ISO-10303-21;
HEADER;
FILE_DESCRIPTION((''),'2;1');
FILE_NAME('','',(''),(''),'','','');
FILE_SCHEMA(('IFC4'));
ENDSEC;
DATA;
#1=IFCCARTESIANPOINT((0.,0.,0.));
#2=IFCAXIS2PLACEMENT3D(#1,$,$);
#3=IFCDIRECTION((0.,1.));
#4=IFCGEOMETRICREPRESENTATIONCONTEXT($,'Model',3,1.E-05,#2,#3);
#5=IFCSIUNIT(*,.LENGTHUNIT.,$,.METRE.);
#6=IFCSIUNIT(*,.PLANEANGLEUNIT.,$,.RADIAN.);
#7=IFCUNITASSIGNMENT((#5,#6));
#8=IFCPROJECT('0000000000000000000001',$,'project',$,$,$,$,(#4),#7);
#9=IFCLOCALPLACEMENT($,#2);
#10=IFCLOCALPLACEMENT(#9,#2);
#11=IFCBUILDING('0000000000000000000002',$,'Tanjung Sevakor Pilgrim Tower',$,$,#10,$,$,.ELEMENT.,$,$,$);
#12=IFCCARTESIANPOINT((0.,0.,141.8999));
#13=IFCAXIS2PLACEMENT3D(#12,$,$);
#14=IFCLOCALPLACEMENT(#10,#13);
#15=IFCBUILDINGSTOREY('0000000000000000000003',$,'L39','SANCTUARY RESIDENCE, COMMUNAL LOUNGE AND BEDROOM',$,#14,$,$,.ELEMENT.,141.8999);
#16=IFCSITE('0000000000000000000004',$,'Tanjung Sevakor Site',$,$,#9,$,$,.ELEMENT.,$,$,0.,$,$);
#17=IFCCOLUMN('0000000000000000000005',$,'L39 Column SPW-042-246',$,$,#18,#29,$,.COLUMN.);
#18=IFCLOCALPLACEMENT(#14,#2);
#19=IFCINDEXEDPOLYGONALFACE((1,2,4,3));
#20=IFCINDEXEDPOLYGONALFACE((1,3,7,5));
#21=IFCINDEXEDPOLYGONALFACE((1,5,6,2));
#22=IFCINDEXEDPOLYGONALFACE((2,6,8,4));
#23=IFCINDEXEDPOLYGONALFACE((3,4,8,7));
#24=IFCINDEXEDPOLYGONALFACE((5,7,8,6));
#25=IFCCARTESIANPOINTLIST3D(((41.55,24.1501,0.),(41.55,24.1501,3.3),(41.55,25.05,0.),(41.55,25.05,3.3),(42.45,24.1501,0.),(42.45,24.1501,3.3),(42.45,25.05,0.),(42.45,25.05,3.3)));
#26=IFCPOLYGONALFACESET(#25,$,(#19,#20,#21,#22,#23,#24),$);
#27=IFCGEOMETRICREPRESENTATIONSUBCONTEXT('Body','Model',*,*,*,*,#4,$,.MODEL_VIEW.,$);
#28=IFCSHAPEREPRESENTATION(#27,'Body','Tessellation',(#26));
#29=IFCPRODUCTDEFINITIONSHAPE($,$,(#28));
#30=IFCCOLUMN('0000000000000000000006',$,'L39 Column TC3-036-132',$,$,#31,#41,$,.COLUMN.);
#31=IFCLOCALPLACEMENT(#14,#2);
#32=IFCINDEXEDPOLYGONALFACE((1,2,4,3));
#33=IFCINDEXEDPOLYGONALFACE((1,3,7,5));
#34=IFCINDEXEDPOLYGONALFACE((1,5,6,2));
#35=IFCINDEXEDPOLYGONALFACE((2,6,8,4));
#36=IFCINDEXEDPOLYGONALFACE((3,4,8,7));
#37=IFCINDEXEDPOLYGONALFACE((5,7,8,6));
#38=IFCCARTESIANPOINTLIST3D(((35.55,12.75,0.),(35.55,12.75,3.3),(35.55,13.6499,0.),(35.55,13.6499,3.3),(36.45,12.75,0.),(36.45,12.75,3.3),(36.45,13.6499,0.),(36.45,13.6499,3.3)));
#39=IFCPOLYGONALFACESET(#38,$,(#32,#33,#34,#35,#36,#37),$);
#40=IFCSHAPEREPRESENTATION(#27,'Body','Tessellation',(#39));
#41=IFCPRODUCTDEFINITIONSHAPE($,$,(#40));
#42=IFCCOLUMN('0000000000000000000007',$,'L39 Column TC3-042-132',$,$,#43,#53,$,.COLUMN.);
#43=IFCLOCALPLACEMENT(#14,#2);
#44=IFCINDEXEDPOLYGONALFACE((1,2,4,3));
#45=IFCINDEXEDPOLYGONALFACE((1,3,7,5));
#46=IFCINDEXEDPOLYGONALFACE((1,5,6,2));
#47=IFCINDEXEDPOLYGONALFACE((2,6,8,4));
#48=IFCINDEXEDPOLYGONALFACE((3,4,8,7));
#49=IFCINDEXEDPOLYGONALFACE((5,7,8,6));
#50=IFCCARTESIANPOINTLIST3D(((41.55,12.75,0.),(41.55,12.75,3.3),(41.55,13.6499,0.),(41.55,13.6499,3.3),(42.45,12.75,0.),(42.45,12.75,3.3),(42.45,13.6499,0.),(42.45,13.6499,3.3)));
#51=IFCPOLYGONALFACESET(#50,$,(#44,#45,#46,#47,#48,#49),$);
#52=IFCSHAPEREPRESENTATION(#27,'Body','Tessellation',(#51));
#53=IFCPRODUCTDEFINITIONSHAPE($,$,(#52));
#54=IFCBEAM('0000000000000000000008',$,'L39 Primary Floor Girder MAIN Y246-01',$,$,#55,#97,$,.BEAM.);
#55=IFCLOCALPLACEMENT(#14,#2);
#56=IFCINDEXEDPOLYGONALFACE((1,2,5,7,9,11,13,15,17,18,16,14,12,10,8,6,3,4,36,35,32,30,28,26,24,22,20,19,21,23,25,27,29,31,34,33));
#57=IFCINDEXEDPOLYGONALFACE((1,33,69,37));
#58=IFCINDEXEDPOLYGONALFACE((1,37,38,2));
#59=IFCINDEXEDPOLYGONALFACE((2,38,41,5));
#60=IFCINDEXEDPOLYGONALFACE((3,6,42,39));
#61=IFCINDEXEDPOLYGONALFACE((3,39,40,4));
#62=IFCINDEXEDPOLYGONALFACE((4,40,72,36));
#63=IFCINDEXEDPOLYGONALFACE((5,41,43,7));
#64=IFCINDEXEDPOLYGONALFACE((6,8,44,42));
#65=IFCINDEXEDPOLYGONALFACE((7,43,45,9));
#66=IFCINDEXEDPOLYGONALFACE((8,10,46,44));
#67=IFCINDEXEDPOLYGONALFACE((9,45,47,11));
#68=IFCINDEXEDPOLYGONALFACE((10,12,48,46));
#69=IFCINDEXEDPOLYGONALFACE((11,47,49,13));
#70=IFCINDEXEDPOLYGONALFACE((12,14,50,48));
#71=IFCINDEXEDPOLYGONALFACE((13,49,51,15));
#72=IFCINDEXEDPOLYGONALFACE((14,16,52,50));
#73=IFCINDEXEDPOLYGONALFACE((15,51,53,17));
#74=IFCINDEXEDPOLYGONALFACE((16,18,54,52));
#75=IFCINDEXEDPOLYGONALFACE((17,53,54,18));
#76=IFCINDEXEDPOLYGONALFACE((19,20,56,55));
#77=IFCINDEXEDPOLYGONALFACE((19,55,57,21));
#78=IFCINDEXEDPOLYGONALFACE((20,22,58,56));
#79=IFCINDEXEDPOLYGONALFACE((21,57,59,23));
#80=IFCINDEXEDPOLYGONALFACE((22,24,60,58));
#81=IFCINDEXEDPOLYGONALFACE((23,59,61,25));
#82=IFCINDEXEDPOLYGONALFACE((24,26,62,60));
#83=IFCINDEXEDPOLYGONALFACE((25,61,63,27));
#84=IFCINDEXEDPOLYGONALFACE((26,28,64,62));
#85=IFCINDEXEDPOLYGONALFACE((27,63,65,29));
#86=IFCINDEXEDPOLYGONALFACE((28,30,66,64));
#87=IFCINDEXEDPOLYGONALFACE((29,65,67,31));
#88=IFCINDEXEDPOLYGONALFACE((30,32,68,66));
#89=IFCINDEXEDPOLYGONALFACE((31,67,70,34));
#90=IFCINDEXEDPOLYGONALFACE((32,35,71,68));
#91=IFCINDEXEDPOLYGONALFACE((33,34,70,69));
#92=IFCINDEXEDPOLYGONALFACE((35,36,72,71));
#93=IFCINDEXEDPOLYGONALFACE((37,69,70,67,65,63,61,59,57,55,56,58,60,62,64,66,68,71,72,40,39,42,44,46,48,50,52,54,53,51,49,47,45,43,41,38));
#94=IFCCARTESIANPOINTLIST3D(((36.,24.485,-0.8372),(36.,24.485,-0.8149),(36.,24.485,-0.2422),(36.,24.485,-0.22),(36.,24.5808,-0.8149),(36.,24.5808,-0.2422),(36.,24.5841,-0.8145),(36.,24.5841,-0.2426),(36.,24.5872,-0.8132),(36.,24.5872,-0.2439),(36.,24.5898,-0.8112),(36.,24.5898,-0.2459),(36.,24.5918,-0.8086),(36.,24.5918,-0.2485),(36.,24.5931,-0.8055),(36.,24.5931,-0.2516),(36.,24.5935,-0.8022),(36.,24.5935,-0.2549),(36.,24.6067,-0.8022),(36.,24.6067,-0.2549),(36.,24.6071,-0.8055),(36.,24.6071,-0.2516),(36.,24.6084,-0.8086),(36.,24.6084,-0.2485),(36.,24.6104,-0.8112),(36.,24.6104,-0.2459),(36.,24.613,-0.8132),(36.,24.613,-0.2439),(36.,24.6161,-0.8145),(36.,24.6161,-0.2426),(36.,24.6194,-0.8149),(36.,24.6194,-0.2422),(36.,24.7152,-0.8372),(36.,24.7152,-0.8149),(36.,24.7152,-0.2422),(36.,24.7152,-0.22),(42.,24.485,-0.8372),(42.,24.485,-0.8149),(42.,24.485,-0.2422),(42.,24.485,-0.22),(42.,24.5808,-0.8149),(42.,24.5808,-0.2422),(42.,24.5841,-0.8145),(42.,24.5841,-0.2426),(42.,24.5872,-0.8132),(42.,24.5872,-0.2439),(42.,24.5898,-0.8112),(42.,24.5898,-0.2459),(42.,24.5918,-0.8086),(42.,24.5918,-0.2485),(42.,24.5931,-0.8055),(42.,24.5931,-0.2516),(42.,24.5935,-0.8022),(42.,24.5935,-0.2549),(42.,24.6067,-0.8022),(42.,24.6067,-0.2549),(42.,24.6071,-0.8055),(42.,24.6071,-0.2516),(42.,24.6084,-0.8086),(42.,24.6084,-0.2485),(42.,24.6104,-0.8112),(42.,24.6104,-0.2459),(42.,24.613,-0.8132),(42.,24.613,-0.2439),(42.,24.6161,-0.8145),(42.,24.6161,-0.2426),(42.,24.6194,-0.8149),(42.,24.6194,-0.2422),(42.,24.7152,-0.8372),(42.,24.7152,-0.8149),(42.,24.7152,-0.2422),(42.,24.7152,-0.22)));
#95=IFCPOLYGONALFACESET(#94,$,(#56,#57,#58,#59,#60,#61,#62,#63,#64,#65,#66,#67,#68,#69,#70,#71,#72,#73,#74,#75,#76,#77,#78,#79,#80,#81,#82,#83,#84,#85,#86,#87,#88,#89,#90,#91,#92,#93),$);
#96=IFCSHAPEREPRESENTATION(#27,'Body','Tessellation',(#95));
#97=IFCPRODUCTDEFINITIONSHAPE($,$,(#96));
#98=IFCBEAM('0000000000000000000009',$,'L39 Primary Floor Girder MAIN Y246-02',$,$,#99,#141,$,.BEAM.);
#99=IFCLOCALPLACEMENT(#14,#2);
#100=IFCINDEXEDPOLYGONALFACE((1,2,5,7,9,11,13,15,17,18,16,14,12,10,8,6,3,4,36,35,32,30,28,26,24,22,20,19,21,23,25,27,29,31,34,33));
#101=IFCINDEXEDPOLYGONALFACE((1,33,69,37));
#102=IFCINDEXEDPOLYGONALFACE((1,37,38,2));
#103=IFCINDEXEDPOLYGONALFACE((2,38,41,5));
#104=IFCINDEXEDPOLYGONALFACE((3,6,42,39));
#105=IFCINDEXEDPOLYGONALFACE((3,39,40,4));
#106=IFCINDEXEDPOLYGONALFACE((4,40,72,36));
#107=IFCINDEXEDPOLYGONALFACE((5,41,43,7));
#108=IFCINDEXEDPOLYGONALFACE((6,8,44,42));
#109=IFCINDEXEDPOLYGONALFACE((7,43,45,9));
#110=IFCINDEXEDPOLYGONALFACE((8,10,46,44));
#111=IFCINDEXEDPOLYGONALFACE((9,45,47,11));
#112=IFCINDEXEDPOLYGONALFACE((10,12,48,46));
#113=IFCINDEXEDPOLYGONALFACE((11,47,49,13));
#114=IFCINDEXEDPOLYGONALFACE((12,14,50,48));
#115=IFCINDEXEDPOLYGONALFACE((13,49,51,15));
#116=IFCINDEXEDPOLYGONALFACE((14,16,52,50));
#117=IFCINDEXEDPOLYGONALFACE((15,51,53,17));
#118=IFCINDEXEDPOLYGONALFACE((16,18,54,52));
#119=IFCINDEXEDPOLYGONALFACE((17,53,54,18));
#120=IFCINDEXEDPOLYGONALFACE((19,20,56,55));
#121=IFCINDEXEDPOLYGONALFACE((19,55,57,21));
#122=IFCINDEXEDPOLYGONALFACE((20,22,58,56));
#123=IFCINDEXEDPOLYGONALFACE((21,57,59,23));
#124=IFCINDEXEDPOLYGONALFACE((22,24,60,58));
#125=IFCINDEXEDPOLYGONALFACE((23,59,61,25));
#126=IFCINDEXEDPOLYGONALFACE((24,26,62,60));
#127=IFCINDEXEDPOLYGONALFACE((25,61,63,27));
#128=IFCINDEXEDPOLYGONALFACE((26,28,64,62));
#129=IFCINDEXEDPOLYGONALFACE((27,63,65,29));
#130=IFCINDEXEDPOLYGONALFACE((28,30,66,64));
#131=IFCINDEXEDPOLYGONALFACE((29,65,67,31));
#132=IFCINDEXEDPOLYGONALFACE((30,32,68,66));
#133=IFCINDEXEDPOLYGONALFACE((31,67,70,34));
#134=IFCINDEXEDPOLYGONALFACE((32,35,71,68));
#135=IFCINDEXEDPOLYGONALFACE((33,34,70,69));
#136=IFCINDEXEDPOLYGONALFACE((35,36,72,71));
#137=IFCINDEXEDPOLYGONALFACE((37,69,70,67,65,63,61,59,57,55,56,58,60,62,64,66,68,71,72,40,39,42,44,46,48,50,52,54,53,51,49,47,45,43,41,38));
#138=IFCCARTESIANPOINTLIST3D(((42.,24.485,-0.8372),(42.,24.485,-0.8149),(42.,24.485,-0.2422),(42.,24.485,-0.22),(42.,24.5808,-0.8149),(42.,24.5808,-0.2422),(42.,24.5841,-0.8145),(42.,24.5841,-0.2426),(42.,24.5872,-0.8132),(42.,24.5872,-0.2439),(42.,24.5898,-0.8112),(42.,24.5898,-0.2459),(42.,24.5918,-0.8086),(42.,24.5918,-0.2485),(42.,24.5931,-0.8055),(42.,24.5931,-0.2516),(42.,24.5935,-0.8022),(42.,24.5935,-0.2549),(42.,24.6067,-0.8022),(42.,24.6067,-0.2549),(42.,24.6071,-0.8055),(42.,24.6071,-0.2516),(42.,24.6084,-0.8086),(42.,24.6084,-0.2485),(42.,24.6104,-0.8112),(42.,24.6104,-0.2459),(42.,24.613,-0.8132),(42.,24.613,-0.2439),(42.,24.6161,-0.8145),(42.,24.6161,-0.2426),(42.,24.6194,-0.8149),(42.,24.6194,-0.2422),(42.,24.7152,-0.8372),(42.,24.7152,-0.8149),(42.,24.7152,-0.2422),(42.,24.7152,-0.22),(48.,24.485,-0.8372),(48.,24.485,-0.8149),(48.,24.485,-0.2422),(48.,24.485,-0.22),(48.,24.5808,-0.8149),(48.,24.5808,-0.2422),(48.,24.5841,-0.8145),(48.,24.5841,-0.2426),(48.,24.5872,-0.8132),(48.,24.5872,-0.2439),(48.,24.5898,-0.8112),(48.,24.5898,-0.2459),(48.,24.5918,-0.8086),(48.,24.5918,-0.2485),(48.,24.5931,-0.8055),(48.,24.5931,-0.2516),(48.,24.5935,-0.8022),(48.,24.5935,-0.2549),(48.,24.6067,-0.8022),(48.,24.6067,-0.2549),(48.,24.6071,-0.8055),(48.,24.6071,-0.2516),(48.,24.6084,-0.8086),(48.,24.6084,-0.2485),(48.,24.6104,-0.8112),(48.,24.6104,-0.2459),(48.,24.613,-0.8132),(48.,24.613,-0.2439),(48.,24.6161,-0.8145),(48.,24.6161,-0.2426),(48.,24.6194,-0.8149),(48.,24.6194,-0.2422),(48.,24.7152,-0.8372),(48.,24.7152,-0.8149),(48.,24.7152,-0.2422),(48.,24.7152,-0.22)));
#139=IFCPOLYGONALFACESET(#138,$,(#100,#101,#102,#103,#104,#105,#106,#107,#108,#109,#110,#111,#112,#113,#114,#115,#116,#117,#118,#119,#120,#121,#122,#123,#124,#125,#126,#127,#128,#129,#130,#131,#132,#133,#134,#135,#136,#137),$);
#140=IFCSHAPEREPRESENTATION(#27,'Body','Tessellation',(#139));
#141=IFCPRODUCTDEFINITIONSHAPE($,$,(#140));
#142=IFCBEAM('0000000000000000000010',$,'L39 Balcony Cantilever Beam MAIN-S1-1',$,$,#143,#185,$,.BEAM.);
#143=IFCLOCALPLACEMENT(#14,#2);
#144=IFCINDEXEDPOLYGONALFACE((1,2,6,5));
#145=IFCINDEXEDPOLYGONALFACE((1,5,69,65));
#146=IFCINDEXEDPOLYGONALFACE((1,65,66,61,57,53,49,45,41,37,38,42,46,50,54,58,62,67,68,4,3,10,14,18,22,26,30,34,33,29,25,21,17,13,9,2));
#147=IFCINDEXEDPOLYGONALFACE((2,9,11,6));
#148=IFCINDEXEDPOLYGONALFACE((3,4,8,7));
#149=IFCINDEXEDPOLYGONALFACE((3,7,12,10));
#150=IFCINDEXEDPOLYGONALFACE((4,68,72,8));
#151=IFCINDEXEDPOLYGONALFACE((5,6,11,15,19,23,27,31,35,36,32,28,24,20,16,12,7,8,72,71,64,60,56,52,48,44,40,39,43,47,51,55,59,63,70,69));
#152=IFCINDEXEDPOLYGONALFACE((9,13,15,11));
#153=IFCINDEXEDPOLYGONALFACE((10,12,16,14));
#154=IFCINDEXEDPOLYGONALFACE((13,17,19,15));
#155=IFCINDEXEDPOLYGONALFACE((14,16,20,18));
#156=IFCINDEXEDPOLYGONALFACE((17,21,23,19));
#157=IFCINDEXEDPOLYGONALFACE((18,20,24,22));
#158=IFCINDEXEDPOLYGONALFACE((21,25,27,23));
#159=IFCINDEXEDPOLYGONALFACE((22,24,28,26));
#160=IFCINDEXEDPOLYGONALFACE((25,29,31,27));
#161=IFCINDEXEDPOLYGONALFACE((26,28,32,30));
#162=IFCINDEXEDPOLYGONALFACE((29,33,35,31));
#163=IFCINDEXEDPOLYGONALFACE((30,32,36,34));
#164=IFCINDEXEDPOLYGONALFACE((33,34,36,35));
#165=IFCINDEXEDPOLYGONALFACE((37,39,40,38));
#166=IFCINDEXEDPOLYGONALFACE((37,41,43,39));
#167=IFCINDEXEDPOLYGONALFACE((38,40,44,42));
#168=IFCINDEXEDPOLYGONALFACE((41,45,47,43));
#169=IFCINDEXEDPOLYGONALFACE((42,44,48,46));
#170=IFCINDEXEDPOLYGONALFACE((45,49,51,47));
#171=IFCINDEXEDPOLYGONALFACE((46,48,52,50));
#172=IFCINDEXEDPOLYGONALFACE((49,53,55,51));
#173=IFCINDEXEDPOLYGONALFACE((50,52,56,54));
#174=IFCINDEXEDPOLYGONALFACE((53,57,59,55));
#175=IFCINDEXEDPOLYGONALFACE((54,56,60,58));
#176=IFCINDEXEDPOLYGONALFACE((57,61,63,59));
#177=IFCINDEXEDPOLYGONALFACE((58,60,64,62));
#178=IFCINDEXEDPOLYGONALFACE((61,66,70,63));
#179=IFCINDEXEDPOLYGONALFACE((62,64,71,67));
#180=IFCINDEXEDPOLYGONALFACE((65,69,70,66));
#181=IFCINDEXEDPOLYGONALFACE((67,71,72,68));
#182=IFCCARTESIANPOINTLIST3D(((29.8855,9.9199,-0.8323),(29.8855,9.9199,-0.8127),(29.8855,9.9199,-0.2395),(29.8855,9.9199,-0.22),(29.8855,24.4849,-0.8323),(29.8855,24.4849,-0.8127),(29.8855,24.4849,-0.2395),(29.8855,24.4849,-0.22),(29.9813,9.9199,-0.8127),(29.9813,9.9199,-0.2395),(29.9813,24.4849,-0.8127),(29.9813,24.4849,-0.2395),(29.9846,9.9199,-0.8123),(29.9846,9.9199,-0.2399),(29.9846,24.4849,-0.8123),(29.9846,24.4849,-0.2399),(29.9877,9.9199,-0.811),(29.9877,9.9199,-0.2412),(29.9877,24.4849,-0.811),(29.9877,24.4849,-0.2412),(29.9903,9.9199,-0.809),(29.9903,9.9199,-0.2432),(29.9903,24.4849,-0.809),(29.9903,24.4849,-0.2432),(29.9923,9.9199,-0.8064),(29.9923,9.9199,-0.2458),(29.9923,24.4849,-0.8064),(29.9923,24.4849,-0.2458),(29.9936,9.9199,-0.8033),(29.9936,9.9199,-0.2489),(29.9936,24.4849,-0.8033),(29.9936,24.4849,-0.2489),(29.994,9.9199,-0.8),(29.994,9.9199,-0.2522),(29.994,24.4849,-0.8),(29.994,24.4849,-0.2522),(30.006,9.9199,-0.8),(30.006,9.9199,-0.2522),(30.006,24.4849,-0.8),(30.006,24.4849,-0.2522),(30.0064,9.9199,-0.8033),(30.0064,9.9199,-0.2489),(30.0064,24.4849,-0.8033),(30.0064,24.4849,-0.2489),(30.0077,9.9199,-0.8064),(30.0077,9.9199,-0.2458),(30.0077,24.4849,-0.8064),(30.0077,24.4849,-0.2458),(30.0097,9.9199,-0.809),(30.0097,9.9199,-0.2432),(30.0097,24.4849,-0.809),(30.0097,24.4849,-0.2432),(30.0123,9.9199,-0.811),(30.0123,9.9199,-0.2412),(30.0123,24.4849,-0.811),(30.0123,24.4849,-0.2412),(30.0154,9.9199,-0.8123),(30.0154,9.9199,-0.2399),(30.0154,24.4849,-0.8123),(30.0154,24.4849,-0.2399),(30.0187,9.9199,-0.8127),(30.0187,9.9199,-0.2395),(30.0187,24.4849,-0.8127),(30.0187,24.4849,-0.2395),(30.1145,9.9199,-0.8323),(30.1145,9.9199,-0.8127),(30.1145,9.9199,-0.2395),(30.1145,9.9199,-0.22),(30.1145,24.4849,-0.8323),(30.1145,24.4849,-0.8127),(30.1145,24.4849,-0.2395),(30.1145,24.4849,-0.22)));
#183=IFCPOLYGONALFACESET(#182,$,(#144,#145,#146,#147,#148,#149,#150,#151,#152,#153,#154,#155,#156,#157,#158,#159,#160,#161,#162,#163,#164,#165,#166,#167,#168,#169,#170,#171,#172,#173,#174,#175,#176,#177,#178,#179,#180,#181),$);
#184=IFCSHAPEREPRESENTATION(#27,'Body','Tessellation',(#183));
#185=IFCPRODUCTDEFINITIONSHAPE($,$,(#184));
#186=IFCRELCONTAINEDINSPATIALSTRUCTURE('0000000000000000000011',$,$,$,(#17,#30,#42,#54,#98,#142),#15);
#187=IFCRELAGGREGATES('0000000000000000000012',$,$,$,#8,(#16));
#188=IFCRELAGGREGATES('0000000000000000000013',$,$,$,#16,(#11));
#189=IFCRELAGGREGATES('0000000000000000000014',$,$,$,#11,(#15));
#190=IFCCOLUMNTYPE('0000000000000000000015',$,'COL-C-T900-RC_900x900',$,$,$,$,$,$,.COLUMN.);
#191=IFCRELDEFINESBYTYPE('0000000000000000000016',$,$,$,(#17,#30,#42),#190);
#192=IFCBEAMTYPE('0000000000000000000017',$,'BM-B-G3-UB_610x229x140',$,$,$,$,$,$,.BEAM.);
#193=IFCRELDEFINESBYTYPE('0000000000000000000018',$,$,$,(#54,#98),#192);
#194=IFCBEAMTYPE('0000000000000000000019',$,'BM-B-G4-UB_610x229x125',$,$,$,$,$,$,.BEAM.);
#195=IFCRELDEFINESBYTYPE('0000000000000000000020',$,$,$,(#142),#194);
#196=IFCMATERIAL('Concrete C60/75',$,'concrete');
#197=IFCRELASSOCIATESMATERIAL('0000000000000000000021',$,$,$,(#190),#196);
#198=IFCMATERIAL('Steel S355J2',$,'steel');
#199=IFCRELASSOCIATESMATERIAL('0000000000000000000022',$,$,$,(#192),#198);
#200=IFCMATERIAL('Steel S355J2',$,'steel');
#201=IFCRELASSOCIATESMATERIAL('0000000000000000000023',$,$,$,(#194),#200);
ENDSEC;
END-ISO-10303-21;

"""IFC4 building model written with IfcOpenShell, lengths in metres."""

from ifc_helpers import new_model, si_unit, direction, frame, origin, origin_2d, place, context, subcontext, project, spatial, rectangle, i_section, extrude, material, material_profile, profile_set, type_object, element, save


model = new_model("IFC4")

# Units and contexts
model_context = context("Model", 3, precision=1e-05, world=origin(), true_north=direction((0.0, 1.0)))
body_context = subcontext(model_context, "Body", "Model", "MODEL_VIEW")
ifc_project = project(units=[si_unit("LENGTHUNIT", "METRE"), si_unit("PLANEANGLEUNIT", "RADIAN")], contexts=[model_context])

# Site, building, storey
site_placement = place(None, origin())
site = spatial("IfcSite", under=ifc_project, at=site_placement, Name="Tanjung Sevakor Site", CompositionType="ELEMENT", RefElevation=0.0)
building_placement = place(site_placement, origin())
building = spatial("IfcBuilding", under=site, at=building_placement, Name="Tanjung Sevakor Pilgrim Tower", CompositionType="ELEMENT")
storey_placement = place(building_placement, frame((0.0, 0.0, 141.8999)))
storey = spatial("IfcBuildingStorey", under=building, at=storey_placement, Name="L39", Description="SANCTUARY RESIDENCE, COMMUNAL LOUNGE AND BEDROOM", CompositionType="ELEMENT", Elevation=141.8999)

# Columns
ifc_material_1 = material(Name="Concrete C60/75", Category="concrete")
ifc_material_profile_1 = material_profile(ifc_material_1, rectangle(XDim=0.8999, YDim=0.8999, at=origin_2d()))
ifc_profile_set_1 = profile_set([ifc_material_profile_1], Name="Concrete C60/75")
column_type = type_object("IfcColumnType", Name="COL-C-T900-RC_900x900", PredefinedType="COLUMN", material=ifc_profile_set_1)
for number, where, z_axis, x_axis, name in (
    (1, (42.0, 24.6001, 0.0), (0.0, 0.0, 1.0), (1.0, 0.0, 0.0), "L39 Column SPW-042-246"),
    (2, (36.0, 13.2, 0.0), (0.0, 0.0, 1.0), (1.0, 0.0, 0.0), "L39 Column TC3-036-132"),
    (3, (42.0, 13.2, 0.0), (0.0, 0.0, 1.0), (1.0, 0.0, 0.0), "L39 Column TC3-042-132"),
):
    element("IfcColumn", number, at=place(storey_placement, frame(where, z_axis=z_axis, x_axis=x_axis)), inside=storey, type_object=column_type, Name=name, PredefinedType="COLUMN", context=body_context, shape_type="SweptSolid", body=[
        extrude(rectangle(XDim=0.8999, YDim=0.8999, at=origin_2d()), origin(), (0.0, 0.0, 1.0), 3.3),
    ])

# Beams
ifc_material_2 = material(Name="Steel S355J2", Category="steel")
ifc_material_profile_2 = material_profile(ifc_material_2, i_section(OverallWidth=0.2302, OverallDepth=0.6172, WebThickness=0.0132, FlangeThickness=0.0222, FilletRadius=0.0127, at=origin_2d()))
ifc_profile_set_2 = profile_set([ifc_material_profile_2], Name="Steel S355J2")
beam_type_1 = type_object("IfcBeamType", Name="BM-B-G3-UB_610x229x140", PredefinedType="BEAM", material=ifc_profile_set_2)
for number, where, z_axis, x_axis, name in (
    (4, (36.0, 24.6001, -0.5286), (1.0, 0.0, 0.0), (0.0, 1.0, 0.0), "L39 Primary Floor Girder MAIN Y246-01"),
    (5, (42.0, 24.6001, -0.5286), (1.0, 0.0, 0.0), (0.0, 1.0, 0.0), "L39 Primary Floor Girder MAIN Y246-02"),
):
    element("IfcBeam", number, at=place(storey_placement, frame(where, z_axis=z_axis, x_axis=x_axis)), inside=storey, type_object=beam_type_1, Name=name, PredefinedType="BEAM", context=body_context, shape_type="SweptSolid", body=[
        extrude(i_section(OverallWidth=0.2302, OverallDepth=0.6172, WebThickness=0.0132, FlangeThickness=0.0222, FilletRadius=0.0127, at=origin_2d()), origin(), (0.0, 0.0, 1.0), 6.0),
    ])
ifc_material_3 = material(Name="Steel S355J2", Category="steel")
ifc_material_profile_3 = material_profile(ifc_material_3, i_section(OverallWidth=0.229, OverallDepth=0.6123, WebThickness=0.012, FlangeThickness=0.0195, FilletRadius=0.0127, at=origin_2d()))
ifc_profile_set_3 = profile_set([ifc_material_profile_3], Name="Steel S355J2")
beam_type_2 = type_object("IfcBeamType", Name="BM-B-G4-UB_610x229x125", PredefinedType="BEAM", material=ifc_profile_set_3)
for number, where, z_axis, x_axis, name in (
    (6, (30.0, 24.4849, -0.5261), (0.0, -1.0, 0.0), (1.0, 0.0, 0.0), "L39 Balcony Cantilever Beam MAIN-S1-1"),
):
    element("IfcBeam", number, at=place(storey_placement, frame(where, z_axis=z_axis, x_axis=x_axis)), inside=storey, type_object=beam_type_2, Name=name, PredefinedType="BEAM", context=body_context, shape_type="SweptSolid", body=[
        extrude(i_section(OverallWidth=0.229, OverallDepth=0.6123, WebThickness=0.012, FlangeThickness=0.0195, FilletRadius=0.0127, at=origin_2d()), origin(), (0.0, 0.0, 1.0), 14.5649),
    ])

save(model, "model.ifc")
